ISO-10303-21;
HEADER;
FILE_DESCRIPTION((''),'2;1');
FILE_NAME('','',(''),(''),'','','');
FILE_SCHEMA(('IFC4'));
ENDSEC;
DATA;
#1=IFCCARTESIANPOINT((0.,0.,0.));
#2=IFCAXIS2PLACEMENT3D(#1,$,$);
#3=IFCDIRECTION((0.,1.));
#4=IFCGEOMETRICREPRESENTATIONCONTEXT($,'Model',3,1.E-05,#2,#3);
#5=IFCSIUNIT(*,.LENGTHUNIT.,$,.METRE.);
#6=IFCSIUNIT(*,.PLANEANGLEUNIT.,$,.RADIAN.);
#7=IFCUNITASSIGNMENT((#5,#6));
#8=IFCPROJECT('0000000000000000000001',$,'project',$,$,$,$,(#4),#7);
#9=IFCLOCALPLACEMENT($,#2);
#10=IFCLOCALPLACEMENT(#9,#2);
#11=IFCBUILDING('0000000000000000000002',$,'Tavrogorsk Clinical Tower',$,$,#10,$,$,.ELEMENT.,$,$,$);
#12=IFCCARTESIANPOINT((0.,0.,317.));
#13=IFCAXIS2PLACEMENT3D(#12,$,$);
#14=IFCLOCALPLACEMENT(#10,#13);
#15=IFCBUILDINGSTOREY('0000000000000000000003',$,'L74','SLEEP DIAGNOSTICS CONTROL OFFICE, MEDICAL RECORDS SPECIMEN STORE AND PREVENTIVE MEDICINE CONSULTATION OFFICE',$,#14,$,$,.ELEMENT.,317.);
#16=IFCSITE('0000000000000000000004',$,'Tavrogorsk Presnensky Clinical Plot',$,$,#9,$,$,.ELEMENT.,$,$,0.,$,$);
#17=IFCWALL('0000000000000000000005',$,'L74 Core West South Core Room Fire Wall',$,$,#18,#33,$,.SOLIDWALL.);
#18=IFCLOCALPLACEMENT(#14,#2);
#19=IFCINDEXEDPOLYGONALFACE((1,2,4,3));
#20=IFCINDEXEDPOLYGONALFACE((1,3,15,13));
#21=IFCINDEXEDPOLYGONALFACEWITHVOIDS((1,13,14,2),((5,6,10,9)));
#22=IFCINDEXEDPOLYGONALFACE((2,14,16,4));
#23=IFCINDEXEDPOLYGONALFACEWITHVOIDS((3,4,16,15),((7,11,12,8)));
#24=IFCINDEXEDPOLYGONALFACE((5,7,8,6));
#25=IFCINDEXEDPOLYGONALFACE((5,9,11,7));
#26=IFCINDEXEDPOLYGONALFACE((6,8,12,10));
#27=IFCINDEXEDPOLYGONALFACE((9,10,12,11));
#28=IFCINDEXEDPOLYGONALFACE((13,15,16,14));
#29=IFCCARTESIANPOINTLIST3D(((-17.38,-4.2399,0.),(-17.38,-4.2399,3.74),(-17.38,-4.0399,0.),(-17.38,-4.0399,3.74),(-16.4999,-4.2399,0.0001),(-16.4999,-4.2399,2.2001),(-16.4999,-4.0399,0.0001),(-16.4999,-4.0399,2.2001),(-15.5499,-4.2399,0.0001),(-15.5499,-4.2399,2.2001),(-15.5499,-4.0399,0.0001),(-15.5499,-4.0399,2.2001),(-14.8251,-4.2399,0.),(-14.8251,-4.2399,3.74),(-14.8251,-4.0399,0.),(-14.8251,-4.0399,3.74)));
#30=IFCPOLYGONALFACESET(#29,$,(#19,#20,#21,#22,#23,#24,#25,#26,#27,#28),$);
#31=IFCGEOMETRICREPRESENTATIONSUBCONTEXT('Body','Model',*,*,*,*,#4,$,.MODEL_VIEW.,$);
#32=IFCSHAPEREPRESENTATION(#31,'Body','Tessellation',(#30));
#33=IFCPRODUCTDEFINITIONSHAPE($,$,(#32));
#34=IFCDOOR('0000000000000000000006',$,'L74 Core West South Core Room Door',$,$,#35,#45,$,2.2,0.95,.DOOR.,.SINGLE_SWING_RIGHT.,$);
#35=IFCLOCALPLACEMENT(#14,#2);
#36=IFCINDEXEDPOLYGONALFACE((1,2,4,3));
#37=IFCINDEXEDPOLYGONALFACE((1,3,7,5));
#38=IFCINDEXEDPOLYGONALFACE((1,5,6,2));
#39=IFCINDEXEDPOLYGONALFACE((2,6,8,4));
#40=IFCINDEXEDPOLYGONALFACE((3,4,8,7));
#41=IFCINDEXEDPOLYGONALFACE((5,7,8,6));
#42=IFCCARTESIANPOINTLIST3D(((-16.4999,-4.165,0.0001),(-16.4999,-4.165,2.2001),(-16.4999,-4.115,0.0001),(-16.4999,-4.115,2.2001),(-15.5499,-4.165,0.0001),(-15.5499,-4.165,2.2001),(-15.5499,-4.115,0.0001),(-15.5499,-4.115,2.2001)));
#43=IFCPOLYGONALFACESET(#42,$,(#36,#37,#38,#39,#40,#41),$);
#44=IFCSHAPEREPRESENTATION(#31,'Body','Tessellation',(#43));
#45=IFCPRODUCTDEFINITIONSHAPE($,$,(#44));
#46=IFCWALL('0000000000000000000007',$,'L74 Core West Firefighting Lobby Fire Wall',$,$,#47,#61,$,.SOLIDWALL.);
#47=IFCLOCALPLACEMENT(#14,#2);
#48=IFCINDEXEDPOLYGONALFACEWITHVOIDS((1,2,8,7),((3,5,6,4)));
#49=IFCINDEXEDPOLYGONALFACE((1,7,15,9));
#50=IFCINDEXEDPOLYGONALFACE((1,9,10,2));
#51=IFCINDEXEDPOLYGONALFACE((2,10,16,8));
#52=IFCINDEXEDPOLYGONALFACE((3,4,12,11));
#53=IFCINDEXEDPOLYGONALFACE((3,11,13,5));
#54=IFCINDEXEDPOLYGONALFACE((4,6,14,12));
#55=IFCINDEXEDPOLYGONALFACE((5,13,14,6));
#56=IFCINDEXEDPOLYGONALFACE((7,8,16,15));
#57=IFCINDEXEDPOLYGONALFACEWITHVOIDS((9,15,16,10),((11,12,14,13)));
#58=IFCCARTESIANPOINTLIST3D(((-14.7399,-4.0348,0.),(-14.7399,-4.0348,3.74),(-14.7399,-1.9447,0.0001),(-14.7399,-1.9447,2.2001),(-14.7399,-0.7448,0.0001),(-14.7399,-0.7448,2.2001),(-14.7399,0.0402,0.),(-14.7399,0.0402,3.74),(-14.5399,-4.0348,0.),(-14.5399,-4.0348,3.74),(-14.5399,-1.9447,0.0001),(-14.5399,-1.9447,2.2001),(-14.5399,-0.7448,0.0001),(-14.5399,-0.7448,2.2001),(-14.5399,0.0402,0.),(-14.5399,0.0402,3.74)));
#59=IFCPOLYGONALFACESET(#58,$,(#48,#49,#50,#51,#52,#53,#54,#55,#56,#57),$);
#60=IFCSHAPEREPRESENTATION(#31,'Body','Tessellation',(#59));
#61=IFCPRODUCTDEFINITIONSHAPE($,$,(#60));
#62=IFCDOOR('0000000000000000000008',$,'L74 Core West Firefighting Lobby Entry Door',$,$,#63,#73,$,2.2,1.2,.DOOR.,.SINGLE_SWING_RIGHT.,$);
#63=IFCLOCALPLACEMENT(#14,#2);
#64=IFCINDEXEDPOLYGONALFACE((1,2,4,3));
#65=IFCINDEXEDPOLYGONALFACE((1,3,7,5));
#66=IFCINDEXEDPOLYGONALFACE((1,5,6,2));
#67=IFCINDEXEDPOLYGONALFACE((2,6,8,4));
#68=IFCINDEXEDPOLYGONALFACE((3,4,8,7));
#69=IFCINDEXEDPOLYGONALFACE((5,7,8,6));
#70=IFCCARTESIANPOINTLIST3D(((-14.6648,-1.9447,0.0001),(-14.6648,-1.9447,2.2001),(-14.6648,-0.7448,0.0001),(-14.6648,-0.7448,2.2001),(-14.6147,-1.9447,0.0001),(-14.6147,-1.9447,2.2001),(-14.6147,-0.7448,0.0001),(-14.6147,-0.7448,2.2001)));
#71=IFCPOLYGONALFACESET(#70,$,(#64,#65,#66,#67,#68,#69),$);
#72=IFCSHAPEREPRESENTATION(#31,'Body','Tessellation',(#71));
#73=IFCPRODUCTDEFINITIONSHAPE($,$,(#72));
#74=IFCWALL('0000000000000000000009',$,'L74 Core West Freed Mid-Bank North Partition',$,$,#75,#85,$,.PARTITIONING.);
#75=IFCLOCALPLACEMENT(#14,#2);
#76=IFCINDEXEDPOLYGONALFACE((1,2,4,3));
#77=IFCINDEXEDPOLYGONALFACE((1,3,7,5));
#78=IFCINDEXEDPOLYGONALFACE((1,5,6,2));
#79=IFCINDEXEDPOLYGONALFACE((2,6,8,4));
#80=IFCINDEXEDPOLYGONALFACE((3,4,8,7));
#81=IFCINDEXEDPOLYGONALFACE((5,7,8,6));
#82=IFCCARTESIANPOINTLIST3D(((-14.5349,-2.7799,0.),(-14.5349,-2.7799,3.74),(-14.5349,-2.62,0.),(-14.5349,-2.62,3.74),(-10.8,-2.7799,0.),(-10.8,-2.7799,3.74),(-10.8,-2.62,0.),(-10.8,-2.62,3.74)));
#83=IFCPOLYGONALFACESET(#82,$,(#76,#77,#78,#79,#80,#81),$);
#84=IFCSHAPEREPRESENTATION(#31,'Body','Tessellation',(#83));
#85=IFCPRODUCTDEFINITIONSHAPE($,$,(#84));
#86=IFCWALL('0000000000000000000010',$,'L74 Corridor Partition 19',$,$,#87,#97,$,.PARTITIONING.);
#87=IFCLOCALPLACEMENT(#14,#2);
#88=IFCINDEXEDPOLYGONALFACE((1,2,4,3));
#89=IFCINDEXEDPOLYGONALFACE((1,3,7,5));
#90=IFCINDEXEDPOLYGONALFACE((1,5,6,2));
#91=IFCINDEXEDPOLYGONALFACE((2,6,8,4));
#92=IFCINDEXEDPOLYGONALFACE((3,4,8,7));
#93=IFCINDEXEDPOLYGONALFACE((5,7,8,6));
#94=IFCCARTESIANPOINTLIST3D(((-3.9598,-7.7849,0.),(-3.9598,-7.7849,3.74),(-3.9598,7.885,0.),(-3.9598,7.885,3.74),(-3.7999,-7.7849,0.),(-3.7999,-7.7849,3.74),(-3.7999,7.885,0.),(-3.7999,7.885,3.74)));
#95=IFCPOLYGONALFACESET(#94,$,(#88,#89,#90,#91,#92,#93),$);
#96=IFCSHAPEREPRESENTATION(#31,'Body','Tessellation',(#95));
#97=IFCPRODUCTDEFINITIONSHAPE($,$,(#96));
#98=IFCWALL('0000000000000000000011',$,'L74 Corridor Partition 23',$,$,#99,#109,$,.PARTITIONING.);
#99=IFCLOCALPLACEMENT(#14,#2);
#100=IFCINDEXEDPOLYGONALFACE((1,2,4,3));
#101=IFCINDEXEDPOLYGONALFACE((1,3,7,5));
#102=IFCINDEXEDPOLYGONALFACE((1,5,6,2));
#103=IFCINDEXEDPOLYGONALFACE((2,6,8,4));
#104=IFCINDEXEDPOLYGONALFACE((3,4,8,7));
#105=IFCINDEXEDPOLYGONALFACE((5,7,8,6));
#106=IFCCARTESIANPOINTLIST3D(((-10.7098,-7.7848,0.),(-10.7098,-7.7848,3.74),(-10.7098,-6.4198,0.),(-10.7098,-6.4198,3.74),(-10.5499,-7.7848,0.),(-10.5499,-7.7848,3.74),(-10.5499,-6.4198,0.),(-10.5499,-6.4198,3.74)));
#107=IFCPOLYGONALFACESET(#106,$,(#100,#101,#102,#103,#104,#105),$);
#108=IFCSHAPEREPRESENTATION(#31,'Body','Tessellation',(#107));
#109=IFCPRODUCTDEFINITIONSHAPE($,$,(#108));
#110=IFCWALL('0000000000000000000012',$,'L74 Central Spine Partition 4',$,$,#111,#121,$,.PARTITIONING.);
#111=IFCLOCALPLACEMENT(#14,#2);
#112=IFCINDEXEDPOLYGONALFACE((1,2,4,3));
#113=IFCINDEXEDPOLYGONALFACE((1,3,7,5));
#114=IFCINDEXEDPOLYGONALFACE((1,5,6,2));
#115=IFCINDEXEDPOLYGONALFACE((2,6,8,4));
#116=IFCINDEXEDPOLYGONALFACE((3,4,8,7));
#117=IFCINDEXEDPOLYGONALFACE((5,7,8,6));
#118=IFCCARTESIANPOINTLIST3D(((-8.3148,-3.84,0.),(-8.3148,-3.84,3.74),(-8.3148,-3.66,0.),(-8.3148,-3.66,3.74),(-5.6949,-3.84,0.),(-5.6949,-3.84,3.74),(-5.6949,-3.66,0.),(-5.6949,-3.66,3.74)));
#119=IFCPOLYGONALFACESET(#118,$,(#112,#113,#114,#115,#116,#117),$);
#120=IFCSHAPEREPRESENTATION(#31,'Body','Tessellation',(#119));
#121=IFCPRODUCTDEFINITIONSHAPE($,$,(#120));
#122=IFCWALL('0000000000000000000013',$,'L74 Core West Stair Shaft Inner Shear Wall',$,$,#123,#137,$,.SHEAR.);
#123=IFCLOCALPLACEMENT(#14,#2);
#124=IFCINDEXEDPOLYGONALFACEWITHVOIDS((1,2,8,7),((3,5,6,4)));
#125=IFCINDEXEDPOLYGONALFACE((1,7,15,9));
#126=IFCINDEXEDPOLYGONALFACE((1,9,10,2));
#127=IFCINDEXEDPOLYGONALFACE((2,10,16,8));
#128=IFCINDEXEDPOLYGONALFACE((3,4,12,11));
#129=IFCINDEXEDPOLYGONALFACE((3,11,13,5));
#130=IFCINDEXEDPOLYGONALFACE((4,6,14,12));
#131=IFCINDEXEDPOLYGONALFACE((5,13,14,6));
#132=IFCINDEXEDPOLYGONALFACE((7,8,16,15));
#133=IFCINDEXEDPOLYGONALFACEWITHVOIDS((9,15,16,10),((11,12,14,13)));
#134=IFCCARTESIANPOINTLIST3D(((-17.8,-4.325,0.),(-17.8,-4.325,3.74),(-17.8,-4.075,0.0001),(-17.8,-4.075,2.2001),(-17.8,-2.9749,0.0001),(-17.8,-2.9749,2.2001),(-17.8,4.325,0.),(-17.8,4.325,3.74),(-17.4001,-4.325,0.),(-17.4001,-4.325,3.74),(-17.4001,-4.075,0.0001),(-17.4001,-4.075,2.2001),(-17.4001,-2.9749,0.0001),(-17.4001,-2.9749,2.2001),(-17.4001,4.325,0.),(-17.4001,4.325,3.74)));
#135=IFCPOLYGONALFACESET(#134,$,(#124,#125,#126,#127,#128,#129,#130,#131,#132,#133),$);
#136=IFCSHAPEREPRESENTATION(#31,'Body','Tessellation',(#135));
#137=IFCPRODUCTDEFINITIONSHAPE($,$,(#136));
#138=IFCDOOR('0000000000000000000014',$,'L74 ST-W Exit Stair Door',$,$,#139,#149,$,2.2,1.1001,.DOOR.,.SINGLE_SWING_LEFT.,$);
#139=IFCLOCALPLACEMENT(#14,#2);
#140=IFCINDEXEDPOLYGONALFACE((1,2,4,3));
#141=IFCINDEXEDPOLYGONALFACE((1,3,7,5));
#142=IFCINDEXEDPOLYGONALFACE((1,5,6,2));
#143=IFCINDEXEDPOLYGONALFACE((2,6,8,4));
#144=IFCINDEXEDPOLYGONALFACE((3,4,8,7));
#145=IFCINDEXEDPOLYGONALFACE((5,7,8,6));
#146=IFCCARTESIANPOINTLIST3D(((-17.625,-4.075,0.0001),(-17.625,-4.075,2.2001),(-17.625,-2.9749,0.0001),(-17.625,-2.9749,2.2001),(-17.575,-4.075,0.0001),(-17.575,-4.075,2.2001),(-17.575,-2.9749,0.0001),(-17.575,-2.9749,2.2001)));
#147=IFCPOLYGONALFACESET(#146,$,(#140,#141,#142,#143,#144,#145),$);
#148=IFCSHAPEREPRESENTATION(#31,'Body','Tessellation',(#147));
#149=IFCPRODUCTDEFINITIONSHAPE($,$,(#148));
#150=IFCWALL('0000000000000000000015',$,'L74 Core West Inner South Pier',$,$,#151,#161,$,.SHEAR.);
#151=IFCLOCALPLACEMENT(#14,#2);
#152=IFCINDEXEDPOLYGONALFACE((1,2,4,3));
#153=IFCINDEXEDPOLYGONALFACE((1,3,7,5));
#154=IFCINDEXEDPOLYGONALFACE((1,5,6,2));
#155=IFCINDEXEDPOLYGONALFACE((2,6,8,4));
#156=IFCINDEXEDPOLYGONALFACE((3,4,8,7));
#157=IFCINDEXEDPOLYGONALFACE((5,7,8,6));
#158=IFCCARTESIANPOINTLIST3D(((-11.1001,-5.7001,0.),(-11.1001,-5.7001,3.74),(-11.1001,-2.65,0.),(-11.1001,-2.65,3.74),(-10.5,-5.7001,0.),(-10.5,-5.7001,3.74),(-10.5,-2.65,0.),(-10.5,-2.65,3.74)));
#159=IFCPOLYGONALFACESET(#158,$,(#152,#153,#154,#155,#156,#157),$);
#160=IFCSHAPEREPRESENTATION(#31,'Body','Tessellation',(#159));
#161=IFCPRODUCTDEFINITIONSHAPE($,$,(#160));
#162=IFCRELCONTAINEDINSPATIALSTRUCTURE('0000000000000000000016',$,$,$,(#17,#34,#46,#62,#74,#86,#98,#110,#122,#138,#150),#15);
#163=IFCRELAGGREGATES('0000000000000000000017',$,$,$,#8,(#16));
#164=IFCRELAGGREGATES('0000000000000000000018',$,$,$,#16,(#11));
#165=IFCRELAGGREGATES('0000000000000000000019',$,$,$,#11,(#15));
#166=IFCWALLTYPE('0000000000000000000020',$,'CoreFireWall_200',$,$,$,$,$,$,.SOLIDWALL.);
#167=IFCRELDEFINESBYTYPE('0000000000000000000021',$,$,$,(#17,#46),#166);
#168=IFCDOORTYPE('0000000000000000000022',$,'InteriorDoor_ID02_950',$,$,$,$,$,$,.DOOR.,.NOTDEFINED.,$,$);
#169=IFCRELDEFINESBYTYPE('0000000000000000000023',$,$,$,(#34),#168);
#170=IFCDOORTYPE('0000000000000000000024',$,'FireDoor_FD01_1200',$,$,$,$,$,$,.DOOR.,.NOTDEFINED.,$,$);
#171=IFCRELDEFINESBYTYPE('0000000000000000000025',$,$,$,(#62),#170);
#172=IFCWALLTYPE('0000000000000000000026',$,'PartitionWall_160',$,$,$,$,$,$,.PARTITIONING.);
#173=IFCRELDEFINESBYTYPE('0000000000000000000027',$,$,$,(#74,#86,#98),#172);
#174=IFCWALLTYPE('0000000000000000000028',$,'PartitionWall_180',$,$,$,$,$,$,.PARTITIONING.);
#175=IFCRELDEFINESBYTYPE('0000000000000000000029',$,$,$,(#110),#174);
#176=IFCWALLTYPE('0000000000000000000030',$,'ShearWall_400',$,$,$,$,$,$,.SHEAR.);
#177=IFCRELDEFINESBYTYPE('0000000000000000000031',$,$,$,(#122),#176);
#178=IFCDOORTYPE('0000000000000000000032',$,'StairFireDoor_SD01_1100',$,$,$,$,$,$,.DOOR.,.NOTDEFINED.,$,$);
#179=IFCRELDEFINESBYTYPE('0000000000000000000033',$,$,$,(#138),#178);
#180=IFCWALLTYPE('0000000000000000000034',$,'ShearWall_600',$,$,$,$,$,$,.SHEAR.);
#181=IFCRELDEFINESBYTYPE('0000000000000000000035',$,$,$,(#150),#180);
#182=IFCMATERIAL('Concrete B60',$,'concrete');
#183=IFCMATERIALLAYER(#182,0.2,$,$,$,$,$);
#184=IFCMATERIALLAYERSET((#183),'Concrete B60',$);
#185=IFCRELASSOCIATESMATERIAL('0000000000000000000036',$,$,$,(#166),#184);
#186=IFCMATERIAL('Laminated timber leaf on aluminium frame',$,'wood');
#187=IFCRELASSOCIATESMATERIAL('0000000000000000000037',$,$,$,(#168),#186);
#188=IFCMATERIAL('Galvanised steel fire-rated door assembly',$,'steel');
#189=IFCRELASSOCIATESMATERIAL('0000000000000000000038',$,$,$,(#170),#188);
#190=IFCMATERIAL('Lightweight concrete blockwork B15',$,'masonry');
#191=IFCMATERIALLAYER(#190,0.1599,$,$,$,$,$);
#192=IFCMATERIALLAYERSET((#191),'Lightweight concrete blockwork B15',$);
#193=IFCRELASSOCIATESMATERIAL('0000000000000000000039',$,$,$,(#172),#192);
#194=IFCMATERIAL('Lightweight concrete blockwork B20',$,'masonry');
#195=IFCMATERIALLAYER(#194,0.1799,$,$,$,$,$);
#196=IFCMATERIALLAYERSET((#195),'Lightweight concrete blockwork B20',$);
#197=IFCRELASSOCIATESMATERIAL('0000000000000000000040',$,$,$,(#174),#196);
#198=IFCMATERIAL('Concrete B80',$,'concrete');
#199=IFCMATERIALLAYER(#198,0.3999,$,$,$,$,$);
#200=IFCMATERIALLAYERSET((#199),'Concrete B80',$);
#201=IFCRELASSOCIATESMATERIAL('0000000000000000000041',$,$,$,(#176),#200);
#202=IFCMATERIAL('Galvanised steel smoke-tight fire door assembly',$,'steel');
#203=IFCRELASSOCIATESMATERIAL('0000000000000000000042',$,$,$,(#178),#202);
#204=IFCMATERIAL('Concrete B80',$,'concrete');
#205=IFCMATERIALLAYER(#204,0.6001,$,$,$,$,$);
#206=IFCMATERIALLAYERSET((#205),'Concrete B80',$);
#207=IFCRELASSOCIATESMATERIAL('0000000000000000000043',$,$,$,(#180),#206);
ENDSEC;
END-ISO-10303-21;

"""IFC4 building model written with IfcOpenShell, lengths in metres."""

from ifc_helpers import new_model, si_unit, direction, frame, frame_2d, origin, place, context, subcontext, project, spatial, rectangle, extrude, material, layer, layer_set, type_object, element, fill, save


model = new_model("IFC4")

# Units and contexts
model_context = context("Model", 3, precision=1e-05, world=origin(), true_north=direction((0.0, 1.0)))
body_context = subcontext(model_context, "Body", "Model", "MODEL_VIEW")
ifc_project = project(units=[si_unit("LENGTHUNIT", "METRE"), si_unit("PLANEANGLEUNIT", "RADIAN")], contexts=[model_context])

# Site, building, storey
site_placement = place(None, origin())
site = spatial("IfcSite", under=ifc_project, at=site_placement, Name="Tavrogorsk Presnensky Clinical Plot", CompositionType="ELEMENT", RefElevation=0.0)
building_placement = place(site_placement, origin())
building = spatial("IfcBuilding", under=site, at=building_placement, Name="Tavrogorsk Clinical Tower", CompositionType="ELEMENT")
storey_placement = place(building_placement, frame((0.0, 0.0, 317.0)))
storey = spatial("IfcBuildingStorey", under=building, at=storey_placement, Name="L74", Description="SLEEP DIAGNOSTICS CONTROL OFFICE, MEDICAL RECORDS SPECIMEN STORE AND PREVENTIVE MEDICINE CONSULTATION OFFICE", CompositionType="ELEMENT", Elevation=317.0)

# Walls, openings, doors
ifc_material_1 = material(Name="Concrete B60", Category="concrete")
ifc_layer_1 = layer(ifc_material_1, 0.2)
ifc_layer_set_1 = layer_set([ifc_layer_1], Name="Concrete B60")
wall_type_1 = type_object("IfcWallType", Name="CoreFireWall_200", PredefinedType="SOLIDWALL", material=ifc_layer_set_1)
wall_1_placement = place(storey_placement, frame((-17.3799, -4.1399, 0.0), z_axis=(0.0, 0.0, 1.0), x_axis=(1.0, 0.0, 0.0)))
wall_1 = element("IfcWall", 1, at=wall_1_placement, inside=storey, type_object=wall_type_1, Name="L74 Core West South Core Room Fire Wall", PredefinedType="SOLIDWALL", context=body_context, shape_type="SweptSolid", body=[
    extrude(rectangle(XDim=2.5549, YDim=0.2, at=frame_2d((1.2773, 0.0))), origin(), (0.0, 0.0, 1.0), 3.74),
])
opening_1_placement = place(wall_1_placement, frame((0.8799, 0.0, 0.0)))
opening_1 = element("IfcOpeningElement", 2, at=opening_1_placement, cuts=wall_1, PredefinedType="OPENING", context=body_context, shape_type="SweptSolid", body=[
    extrude(rectangle(XDim=0.95, YDim=2.2, at=frame_2d((0.4751, 1.1001))), frame((0.0, 0.1099, 0.0), z_axis=(0.0, -1.0, 0.0), x_axis=(1.0, 0.0, 0.0)), (0.0, 0.0, 1.0), 0.22),
])
ifc_material_2 = material(Name="Laminated timber leaf on aluminium frame", Category="wood")
door_type_1 = type_object("IfcDoorType", Name="InteriorDoor_ID02_950", OperationType="NOTDEFINED", PredefinedType="DOOR", material=ifc_material_2)
door_1_placement = place(opening_1_placement, origin())
door_1 = element("IfcDoor", 3, at=door_1_placement, inside=storey, type_object=door_type_1, Name="L74 Core West South Core Room Door", OperationType="SINGLE_SWING_RIGHT", OverallHeight=2.2, OverallWidth=0.95, PredefinedType="DOOR", context=body_context, shape_type="SweptSolid", body=[
    extrude(rectangle(XDim=0.95, YDim=2.2, at=frame_2d((0.4751, 1.1001))), frame((0.0, 0.0249, 0.0), z_axis=(0.0, -1.0, 0.0), x_axis=(1.0, 0.0, 0.0)), (0.0, 0.0, 1.0), 0.05),
])
fill(opening_1, door_1)
wall_2_placement = place(storey_placement, frame((-14.6399, -4.0349, 0.0), z_axis=(0.0, 0.0, 1.0), x_axis=(0.0, 1.0, 0.0)))
wall_2 = element("IfcWall", 4, at=wall_2_placement, inside=storey, type_object=wall_type_1, Name="L74 Core West Firefighting Lobby Fire Wall", PredefinedType="SOLIDWALL", context=body_context, shape_type="SweptSolid", body=[
    extrude(rectangle(XDim=4.075, YDim=0.2, at=frame_2d((2.0376, 0.0))), origin(), (0.0, 0.0, 1.0), 3.74),
])
opening_2_placement = place(wall_2_placement, frame((2.0901, 0.0, 0.0)))
opening_2 = element("IfcOpeningElement", 5, at=opening_2_placement, cuts=wall_2, PredefinedType="OPENING", context=body_context, shape_type="SweptSolid", body=[
    extrude(rectangle(XDim=1.2, YDim=2.2, at=frame_2d((0.6001, 1.1001))), frame((0.0, 0.1099, 0.0), z_axis=(0.0, -1.0, 0.0), x_axis=(1.0, 0.0, 0.0)), (0.0, 0.0, 1.0), 0.22),
])
ifc_material_3 = material(Name="Galvanised steel fire-rated door assembly", Category="steel")
door_type_2 = type_object("IfcDoorType", Name="FireDoor_FD01_1200", OperationType="NOTDEFINED", PredefinedType="DOOR", material=ifc_material_3)
door_2_placement = place(opening_2_placement, origin())
door_2 = element("IfcDoor", 6, at=door_2_placement, inside=storey, type_object=door_type_2, Name="L74 Core West Firefighting Lobby Entry Door", OperationType="SINGLE_SWING_RIGHT", OverallHeight=2.2, OverallWidth=1.2, PredefinedType="DOOR", context=body_context, shape_type="SweptSolid", body=[
    extrude(rectangle(XDim=1.2, YDim=2.2, at=frame_2d((0.6001, 1.1001))), frame((0.0, 0.0249, 0.0), z_axis=(0.0, -1.0, 0.0), x_axis=(1.0, 0.0, 0.0)), (0.0, 0.0, 1.0), 0.05),
])
fill(opening_2, door_2)

# Walls
ifc_material_4 = material(Name="Lightweight concrete blockwork B15", Category="masonry")
ifc_layer_2 = layer(ifc_material_4, 0.1599)
ifc_layer_set_2 = layer_set([ifc_layer_2], Name="Lightweight concrete blockwork B15")
wall_type_2 = type_object("IfcWallType", Name="PartitionWall_160", PredefinedType="PARTITIONING", material=ifc_layer_set_2)
wall_3_placement = place(storey_placement, frame((-14.5349, -2.7, 0.0), z_axis=(0.0, 0.0, 1.0), x_axis=(1.0, 0.0, 0.0)))
element("IfcWall", 7, at=wall_3_placement, inside=storey, type_object=wall_type_2, Name="L74 Core West Freed Mid-Bank North Partition", PredefinedType="PARTITIONING", context=body_context, shape_type="SweptSolid", body=[
    extrude(rectangle(XDim=3.7349, YDim=0.1599, at=frame_2d((1.8674, 0.0))), origin(), (0.0, 0.0, 1.0), 3.74),
])
wall_4_placement = place(storey_placement, frame((-3.8799, -7.7849, 0.0), z_axis=(0.0, 0.0, 1.0), x_axis=(0.0, 1.0, 0.0)))
element("IfcWall", 8, at=wall_4_placement, inside=storey, type_object=wall_type_2, Name="L74 Corridor Partition 19", PredefinedType="PARTITIONING", context=body_context, shape_type="SweptSolid", body=[
    extrude(rectangle(XDim=15.6699, YDim=0.1599, at=frame_2d((7.835, 0.0))), origin(), (0.0, 0.0, 1.0), 3.74),
])
wall_5_placement = place(storey_placement, frame((-10.6299, -7.7849, 0.0), z_axis=(0.0, 0.0, 1.0), x_axis=(0.0, 1.0, 0.0)))
element("IfcWall", 9, at=wall_5_placement, inside=storey, type_object=wall_type_2, Name="L74 Corridor Partition 23", PredefinedType="PARTITIONING", context=body_context, shape_type="SweptSolid", body=[
    extrude(rectangle(XDim=1.365, YDim=0.1599, at=frame_2d((0.6826, 0.0))), origin(), (0.0, 0.0, 1.0), 3.74),
])
ifc_material_5 = material(Name="Lightweight concrete blockwork B20", Category="masonry")
ifc_layer_3 = layer(ifc_material_5, 0.1799)
ifc_layer_set_3 = layer_set([ifc_layer_3], Name="Lightweight concrete blockwork B20")
wall_type_3 = type_object("IfcWallType", Name="PartitionWall_180", PredefinedType="PARTITIONING", material=ifc_layer_set_3)
wall_6_placement = place(storey_placement, frame((-8.3149, -3.75, 0.0), z_axis=(0.0, 0.0, 1.0), x_axis=(1.0, 0.0, 0.0)))
element("IfcWall", 10, at=wall_6_placement, inside=storey, type_object=wall_type_3, Name="L74 Central Spine Partition 4", PredefinedType="PARTITIONING", context=body_context, shape_type="SweptSolid", body=[
    extrude(rectangle(XDim=2.6199, YDim=0.1799, at=frame_2d((1.3101, 0.0))), origin(), (0.0, 0.0, 1.0), 3.74),
])

# Wall, opening, door
ifc_material_6 = material(Name="Concrete B80", Category="concrete")
ifc_layer_4 = layer(ifc_material_6, 0.3999)
ifc_layer_set_4 = layer_set([ifc_layer_4], Name="Concrete B80")
wall_type_4 = type_object("IfcWallType", Name="ShearWall_400", PredefinedType="SHEAR", material=ifc_layer_set_4)
wall_7_placement = place(storey_placement, frame((-17.6001, -4.325, 0.0), z_axis=(0.0, 0.0, 1.0), x_axis=(0.0, 1.0, 0.0)))
wall_7 = element("IfcWall", 11, at=wall_7_placement, inside=storey, type_object=wall_type_4, Name="L74 Core West Stair Shaft Inner Shear Wall", PredefinedType="SHEAR", context=body_context, shape_type="SweptSolid", body=[
    extrude(rectangle(XDim=8.6499, YDim=0.3999, at=frame_2d((4.325, 0.0))), origin(), (0.0, 0.0, 1.0), 3.74),
])
opening_3_placement = place(wall_7_placement, frame((0.25, 0.0, 0.0)))
opening_3 = element("IfcOpeningElement", 12, at=opening_3_placement, cuts=wall_7, PredefinedType="OPENING", context=body_context, shape_type="SweptSolid", body=[
    extrude(rectangle(XDim=1.1001, YDim=2.2, at=frame_2d((0.55, 1.1001))), frame((0.0, 0.21, 0.0), z_axis=(0.0, -1.0, 0.0), x_axis=(1.0, 0.0, 0.0)), (0.0, 0.0, 1.0), 0.4199),
])
ifc_material_7 = material(Name="Galvanised steel smoke-tight fire door assembly", Category="steel")
door_type_3 = type_object("IfcDoorType", Name="StairFireDoor_SD01_1100", OperationType="NOTDEFINED", PredefinedType="DOOR", material=ifc_material_7)
door_3_placement = place(opening_3_placement, origin())
door_3 = element("IfcDoor", 13, at=door_3_placement, inside=storey, type_object=door_type_3, Name="L74 ST-W Exit Stair Door", OperationType="SINGLE_SWING_LEFT", OverallHeight=2.2, OverallWidth=1.1001, PredefinedType="DOOR", context=body_context, shape_type="SweptSolid", body=[
    extrude(rectangle(XDim=1.1001, YDim=2.2, at=frame_2d((0.55, 1.1001))), frame((0.0, 0.0249, 0.0), z_axis=(0.0, -1.0, 0.0), x_axis=(1.0, 0.0, 0.0)), (0.0, 0.0, 1.0), 0.05),
])
fill(opening_3, door_3)

# Wall
ifc_material_8 = material(Name="Concrete B80", Category="concrete")
ifc_layer_5 = layer(ifc_material_8, 0.6001)
ifc_layer_set_5 = layer_set([ifc_layer_5], Name="Concrete B80")
wall_type_5 = type_object("IfcWallType", Name="ShearWall_600", PredefinedType="SHEAR", material=ifc_layer_set_5)
wall_8_placement = place(storey_placement, frame((-10.8, -5.7, 0.0), z_axis=(0.0, 0.0, 1.0), x_axis=(0.0, 1.0, 0.0)))
element("IfcWall", 14, at=wall_8_placement, inside=storey, type_object=wall_type_5, Name="L74 Core West Inner South Pier", PredefinedType="SHEAR", context=body_context, shape_type="SweptSolid", body=[
    extrude(rectangle(XDim=3.05, YDim=0.6001, at=frame_2d((1.5249, 0.0))), origin(), (0.0, 0.0, 1.0), 3.74),
])

save(model, "model.ifc")
